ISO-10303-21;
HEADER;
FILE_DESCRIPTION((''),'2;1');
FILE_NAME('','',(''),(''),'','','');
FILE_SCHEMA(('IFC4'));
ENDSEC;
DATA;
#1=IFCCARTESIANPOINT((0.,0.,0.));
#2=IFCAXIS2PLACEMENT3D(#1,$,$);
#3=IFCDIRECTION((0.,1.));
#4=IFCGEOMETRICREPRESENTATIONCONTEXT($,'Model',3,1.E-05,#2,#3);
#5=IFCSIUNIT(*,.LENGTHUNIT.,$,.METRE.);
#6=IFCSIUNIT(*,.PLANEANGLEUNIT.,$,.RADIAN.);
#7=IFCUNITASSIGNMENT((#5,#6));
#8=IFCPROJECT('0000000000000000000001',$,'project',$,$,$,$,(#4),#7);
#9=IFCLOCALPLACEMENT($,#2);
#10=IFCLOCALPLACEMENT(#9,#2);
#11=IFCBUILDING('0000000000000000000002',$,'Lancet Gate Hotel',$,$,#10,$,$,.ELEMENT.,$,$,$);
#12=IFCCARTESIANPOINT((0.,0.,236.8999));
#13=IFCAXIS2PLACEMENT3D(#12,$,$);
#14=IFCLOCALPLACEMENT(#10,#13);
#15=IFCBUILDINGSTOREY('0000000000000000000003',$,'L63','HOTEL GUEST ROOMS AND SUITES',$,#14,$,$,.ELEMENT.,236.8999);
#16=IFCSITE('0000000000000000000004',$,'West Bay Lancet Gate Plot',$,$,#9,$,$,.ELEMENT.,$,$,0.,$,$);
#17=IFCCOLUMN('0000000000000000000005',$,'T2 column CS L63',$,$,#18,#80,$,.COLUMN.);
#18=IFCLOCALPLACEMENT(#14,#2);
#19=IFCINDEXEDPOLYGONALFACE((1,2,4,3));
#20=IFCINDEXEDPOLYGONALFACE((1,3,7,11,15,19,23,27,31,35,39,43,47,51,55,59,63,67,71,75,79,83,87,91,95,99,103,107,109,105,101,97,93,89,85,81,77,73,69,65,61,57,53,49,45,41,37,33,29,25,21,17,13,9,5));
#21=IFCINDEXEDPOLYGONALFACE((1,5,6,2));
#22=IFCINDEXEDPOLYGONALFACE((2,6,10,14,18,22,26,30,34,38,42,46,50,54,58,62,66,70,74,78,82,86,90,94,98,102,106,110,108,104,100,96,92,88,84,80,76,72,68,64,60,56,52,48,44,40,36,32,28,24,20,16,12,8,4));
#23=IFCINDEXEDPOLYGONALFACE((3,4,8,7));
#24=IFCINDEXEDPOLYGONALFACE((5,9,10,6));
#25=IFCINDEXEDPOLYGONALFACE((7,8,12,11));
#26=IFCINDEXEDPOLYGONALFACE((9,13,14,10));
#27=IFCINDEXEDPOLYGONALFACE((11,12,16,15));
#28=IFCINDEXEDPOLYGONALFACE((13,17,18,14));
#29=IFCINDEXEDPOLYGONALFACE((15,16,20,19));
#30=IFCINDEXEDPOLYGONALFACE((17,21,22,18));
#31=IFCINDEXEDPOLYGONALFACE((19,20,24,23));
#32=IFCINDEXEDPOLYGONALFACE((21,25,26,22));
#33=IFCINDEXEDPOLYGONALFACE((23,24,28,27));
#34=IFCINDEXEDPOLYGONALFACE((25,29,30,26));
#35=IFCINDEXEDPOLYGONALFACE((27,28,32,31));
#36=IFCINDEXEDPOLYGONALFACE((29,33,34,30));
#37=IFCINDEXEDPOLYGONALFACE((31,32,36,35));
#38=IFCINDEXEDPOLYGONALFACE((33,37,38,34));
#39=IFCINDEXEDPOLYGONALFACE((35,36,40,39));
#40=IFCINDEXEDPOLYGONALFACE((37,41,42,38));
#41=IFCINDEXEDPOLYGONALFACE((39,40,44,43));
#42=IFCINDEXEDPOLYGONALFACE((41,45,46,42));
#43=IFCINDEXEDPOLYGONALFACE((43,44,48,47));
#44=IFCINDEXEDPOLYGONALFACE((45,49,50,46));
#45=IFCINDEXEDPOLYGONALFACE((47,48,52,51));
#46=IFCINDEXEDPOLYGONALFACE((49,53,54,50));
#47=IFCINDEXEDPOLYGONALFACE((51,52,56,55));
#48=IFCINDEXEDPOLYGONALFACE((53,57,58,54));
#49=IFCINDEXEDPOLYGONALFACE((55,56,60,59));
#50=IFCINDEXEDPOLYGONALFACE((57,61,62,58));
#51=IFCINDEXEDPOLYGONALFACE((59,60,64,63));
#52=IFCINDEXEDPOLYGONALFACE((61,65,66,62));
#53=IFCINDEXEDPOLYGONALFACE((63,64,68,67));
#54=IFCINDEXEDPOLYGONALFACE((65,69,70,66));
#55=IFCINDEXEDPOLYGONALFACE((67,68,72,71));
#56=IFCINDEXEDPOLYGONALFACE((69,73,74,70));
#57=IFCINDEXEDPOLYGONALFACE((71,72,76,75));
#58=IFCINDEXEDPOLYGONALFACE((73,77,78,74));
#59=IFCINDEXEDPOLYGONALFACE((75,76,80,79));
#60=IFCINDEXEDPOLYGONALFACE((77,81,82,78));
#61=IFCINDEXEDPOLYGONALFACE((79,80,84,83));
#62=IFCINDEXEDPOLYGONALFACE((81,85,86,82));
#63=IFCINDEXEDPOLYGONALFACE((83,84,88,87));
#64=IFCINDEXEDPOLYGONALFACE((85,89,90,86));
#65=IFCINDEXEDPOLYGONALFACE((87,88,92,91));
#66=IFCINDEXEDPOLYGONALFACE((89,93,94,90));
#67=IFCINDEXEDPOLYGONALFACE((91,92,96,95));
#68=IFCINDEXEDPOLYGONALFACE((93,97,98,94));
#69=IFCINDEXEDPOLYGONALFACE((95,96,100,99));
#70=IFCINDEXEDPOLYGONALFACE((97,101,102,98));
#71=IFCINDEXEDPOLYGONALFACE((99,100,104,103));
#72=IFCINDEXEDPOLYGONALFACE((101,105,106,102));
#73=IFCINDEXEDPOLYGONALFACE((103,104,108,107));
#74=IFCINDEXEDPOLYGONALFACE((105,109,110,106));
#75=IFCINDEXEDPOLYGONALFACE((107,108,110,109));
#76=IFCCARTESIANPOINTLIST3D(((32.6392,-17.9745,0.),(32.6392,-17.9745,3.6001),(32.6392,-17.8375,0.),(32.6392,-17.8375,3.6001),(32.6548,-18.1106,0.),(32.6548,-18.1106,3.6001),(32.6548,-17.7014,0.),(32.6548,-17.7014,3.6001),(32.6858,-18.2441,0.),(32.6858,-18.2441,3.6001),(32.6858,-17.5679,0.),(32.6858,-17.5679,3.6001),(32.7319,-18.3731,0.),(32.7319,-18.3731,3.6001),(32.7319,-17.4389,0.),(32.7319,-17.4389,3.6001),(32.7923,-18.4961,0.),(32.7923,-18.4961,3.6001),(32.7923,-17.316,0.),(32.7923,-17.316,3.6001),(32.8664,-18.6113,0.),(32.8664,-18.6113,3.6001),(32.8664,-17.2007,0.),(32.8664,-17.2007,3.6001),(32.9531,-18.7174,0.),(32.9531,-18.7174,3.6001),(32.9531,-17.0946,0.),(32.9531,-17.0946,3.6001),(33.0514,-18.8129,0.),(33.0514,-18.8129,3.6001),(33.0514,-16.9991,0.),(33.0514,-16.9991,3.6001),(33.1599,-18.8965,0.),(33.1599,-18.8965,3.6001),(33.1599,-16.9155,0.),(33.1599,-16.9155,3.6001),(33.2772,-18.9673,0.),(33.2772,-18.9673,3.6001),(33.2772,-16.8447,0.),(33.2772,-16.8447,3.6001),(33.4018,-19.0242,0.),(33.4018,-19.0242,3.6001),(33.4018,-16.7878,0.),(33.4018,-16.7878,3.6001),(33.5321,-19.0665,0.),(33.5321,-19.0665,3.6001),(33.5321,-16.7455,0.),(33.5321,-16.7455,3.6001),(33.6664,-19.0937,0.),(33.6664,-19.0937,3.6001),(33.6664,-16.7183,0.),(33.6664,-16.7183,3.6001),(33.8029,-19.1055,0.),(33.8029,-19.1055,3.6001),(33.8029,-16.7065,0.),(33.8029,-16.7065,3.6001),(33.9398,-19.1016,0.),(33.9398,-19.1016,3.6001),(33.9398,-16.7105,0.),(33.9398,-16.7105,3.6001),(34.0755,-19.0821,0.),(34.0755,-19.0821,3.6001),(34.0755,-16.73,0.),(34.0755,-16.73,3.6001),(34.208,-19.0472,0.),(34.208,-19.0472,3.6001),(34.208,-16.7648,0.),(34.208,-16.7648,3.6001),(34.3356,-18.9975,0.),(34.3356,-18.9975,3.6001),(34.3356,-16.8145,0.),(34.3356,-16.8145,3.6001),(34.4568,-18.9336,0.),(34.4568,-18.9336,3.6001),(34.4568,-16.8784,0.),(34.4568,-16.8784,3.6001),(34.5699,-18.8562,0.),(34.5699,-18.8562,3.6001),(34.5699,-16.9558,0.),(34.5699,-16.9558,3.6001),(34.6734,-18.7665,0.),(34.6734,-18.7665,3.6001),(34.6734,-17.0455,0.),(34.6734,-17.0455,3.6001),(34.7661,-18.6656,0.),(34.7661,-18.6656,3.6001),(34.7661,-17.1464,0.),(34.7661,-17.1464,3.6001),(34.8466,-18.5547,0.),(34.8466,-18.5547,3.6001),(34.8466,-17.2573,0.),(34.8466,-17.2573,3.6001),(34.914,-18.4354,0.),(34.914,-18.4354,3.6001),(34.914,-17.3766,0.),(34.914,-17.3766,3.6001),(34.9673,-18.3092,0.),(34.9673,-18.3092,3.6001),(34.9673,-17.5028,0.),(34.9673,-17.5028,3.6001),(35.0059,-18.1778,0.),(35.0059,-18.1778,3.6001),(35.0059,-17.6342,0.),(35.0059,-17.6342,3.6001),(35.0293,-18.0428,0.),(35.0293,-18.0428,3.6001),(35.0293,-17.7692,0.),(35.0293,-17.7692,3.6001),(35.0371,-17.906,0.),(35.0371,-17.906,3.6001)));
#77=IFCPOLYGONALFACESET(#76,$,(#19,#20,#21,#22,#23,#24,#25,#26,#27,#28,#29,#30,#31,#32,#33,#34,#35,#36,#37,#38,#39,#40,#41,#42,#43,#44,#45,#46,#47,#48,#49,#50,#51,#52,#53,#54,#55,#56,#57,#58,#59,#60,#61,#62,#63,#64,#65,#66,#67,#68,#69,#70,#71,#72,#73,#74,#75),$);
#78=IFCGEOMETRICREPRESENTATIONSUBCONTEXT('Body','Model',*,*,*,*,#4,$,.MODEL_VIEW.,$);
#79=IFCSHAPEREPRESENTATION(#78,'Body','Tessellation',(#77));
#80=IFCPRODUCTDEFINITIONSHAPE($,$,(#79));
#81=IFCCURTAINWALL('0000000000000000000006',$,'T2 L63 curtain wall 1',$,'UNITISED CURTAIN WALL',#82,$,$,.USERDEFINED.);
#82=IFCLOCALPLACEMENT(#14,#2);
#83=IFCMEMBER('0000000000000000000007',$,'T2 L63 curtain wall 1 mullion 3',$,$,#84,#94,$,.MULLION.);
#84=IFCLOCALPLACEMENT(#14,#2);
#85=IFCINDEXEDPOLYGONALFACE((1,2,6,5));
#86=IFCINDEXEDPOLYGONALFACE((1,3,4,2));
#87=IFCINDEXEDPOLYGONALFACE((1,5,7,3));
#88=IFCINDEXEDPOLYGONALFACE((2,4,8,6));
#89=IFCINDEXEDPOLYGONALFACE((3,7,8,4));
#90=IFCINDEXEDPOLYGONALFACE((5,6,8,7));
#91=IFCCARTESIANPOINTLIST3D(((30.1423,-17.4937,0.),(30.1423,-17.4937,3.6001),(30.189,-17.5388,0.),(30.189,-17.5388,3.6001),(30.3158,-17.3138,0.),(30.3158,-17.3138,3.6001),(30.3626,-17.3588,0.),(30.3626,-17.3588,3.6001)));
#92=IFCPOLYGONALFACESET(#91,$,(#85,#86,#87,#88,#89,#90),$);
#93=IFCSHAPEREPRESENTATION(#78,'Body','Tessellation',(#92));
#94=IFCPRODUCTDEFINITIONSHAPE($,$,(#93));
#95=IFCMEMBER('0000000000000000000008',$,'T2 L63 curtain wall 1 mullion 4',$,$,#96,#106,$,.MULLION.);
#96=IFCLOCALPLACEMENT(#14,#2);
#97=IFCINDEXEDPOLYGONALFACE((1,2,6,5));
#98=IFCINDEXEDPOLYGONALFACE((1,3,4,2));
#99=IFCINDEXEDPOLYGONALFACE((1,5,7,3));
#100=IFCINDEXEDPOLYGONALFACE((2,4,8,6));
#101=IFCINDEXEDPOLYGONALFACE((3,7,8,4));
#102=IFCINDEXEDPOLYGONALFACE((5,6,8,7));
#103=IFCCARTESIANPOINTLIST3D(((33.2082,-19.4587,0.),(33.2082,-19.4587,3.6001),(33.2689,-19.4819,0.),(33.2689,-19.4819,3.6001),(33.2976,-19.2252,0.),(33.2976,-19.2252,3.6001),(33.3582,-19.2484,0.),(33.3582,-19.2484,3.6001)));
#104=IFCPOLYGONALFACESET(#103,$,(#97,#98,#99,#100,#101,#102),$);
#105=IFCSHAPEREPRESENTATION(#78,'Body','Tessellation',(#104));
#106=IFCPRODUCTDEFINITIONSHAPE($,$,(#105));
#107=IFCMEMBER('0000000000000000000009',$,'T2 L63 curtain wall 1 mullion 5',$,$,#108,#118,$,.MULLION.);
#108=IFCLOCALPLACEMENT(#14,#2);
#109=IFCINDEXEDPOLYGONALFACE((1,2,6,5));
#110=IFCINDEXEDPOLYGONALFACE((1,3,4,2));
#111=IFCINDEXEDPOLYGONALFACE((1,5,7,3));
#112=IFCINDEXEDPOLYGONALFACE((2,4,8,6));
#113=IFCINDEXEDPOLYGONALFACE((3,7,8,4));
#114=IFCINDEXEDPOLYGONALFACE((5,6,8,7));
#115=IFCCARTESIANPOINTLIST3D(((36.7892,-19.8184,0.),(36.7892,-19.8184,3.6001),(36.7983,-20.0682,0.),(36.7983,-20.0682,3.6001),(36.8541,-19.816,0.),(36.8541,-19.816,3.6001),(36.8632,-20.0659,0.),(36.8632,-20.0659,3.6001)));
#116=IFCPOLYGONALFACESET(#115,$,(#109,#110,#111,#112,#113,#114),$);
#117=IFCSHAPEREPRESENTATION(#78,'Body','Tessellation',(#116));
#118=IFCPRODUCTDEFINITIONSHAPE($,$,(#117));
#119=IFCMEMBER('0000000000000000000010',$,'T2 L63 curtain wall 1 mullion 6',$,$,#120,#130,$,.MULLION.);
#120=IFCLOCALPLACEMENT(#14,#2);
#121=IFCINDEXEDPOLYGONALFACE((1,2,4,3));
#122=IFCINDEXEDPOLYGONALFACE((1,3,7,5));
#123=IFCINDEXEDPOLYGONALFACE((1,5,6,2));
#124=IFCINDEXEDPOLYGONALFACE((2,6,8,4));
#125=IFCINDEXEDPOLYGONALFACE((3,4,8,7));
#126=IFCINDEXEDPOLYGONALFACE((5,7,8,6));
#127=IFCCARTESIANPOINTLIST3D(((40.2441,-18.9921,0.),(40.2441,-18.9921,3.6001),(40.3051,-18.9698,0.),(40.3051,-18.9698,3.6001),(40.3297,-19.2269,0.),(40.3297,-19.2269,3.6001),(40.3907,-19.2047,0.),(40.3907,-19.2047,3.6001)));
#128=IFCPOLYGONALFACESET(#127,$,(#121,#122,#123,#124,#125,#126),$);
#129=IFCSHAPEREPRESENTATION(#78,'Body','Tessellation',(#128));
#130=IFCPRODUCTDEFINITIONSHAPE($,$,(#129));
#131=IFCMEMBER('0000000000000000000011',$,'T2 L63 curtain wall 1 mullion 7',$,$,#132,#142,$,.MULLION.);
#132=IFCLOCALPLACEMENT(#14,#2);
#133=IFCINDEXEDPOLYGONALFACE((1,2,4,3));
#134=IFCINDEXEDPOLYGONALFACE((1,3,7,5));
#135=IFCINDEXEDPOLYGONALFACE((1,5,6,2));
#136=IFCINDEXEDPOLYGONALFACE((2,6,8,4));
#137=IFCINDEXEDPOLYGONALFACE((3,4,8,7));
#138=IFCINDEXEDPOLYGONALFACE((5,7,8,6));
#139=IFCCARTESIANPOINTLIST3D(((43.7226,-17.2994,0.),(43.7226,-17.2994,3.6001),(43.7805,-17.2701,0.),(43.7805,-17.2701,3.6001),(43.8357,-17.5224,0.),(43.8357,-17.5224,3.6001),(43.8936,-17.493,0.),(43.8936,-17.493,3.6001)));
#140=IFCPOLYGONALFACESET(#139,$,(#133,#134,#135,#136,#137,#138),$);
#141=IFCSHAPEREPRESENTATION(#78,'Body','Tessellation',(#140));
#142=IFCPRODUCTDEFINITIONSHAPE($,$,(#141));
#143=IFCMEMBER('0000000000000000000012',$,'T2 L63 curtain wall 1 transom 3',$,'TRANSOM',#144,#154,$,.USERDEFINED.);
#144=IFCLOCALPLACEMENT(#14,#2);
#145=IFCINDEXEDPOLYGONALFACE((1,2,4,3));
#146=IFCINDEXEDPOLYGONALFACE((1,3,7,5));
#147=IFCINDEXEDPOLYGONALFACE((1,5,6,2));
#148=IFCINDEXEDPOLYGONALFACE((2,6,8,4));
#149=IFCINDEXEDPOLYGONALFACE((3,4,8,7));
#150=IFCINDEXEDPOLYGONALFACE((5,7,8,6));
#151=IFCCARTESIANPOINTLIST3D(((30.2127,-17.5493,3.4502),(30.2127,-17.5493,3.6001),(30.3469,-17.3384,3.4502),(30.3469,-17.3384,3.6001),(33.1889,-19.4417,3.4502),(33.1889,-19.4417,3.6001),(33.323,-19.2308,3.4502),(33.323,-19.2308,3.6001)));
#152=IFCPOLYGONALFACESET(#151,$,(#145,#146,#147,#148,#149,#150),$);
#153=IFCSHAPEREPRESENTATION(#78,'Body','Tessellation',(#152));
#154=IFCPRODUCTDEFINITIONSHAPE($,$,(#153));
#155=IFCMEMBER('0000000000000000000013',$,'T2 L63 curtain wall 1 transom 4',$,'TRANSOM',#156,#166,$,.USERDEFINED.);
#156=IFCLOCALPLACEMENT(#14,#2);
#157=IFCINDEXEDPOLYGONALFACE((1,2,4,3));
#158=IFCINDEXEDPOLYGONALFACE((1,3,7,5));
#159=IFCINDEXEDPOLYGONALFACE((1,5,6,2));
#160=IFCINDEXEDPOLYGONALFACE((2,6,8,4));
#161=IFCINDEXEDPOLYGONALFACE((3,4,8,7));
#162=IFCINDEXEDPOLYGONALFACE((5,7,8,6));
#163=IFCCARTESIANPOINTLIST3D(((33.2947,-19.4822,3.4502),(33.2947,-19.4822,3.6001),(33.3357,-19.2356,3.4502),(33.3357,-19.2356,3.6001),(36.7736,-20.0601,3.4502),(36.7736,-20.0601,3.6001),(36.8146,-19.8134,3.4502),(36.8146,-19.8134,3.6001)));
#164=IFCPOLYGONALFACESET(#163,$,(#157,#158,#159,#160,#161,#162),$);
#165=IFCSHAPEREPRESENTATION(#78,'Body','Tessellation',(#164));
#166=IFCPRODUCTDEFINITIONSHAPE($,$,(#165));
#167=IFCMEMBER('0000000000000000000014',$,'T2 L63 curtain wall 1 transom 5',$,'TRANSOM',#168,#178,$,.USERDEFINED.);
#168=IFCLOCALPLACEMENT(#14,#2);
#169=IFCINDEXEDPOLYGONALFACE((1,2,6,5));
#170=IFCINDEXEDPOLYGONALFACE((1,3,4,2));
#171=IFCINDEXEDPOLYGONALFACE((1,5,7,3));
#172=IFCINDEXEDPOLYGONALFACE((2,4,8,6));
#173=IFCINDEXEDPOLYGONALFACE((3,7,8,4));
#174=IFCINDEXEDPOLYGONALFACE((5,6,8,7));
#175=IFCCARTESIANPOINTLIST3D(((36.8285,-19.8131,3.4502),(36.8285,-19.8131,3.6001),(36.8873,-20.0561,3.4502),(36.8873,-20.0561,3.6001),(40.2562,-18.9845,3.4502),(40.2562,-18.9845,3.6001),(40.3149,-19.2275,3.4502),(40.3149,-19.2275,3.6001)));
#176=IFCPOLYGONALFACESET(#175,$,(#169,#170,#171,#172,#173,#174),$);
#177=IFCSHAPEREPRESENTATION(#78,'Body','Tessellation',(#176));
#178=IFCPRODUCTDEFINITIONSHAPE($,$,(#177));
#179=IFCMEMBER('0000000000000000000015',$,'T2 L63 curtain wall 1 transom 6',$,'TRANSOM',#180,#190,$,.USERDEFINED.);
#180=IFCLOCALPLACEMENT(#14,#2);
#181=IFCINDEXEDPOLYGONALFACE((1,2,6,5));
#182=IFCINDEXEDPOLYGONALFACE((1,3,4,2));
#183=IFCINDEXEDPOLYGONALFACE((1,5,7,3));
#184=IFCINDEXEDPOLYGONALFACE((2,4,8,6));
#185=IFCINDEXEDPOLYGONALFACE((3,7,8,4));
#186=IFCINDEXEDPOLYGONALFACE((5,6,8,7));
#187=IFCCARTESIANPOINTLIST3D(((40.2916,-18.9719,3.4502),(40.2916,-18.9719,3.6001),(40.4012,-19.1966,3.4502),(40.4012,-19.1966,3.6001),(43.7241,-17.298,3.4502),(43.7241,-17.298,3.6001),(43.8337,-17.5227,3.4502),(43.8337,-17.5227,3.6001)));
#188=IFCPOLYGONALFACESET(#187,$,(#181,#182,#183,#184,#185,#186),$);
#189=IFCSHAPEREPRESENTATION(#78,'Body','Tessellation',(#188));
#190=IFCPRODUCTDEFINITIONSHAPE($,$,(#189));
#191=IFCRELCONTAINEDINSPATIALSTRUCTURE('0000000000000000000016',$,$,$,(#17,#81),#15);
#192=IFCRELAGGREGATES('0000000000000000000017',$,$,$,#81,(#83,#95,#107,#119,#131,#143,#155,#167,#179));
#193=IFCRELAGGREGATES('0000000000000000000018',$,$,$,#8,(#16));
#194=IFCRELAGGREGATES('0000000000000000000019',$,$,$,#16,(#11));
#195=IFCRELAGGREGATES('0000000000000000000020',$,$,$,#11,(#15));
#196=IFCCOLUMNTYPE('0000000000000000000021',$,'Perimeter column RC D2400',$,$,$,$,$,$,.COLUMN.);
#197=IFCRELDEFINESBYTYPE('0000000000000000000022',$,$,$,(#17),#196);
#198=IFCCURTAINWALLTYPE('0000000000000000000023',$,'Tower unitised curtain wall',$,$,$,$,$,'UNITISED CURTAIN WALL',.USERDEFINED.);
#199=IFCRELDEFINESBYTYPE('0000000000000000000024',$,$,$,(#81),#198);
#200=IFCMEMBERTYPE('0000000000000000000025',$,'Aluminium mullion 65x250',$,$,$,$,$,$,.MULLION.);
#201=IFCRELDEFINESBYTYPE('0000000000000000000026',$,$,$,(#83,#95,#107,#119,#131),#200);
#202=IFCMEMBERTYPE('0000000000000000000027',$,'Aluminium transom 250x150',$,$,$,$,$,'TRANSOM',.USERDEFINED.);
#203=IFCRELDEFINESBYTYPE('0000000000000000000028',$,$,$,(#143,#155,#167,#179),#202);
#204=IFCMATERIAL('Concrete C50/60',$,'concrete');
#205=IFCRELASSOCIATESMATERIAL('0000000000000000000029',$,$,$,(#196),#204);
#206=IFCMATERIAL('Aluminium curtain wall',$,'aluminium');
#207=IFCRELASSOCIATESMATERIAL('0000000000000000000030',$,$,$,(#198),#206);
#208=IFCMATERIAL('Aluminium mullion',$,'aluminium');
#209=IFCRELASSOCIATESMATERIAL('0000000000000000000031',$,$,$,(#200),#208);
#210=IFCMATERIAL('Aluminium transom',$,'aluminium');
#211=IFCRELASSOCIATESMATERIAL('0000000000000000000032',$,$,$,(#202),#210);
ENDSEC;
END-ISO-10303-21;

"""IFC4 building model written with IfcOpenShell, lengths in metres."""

from ifc_helpers import new_model, si_unit, direction, frame, origin, origin_2d, place, context, subcontext, project, spatial, rectangle, circle, extrude, material, material_profile, profile_set, type_object, element, aggregate, save


model = new_model("IFC4")

# Units and contexts
model_context = context("Model", 3, precision=1e-05, world=origin(), true_north=direction((0.0, 1.0)))
body_context = subcontext(model_context, "Body", "Model", "MODEL_VIEW")
ifc_project = project(units=[si_unit("LENGTHUNIT", "METRE"), si_unit("PLANEANGLEUNIT", "RADIAN")], contexts=[model_context])

# Site, building, storey
site_placement = place(None, origin())
site = spatial("IfcSite", under=ifc_project, at=site_placement, Name="West Bay Lancet Gate Plot", CompositionType="ELEMENT", RefElevation=0.0)
building_placement = place(site_placement, origin())
building = spatial("IfcBuilding", under=site, at=building_placement, Name="Lancet Gate Hotel", CompositionType="ELEMENT")
storey_placement = place(building_placement, frame((0.0, 0.0, 236.8999)))
storey = spatial("IfcBuildingStorey", under=building, at=storey_placement, Name="L63", Description="HOTEL GUEST ROOMS AND SUITES", CompositionType="ELEMENT", Elevation=236.8999)

# Column
ifc_material_1 = material(Name="Concrete C50/60", Category="concrete")
ifc_material_profile_1 = material_profile(ifc_material_1, circle(Radius=1.2, at=origin_2d()), Name="RC D2400")
ifc_profile_set_1 = profile_set([ifc_material_profile_1], Name="Concrete C50/60")
column_type = type_object("IfcColumnType", Name="Perimeter column RC D2400", PredefinedType="COLUMN", material=ifc_profile_set_1)
column_placement = place(storey_placement, frame((33.8372, -17.906, 0.0), z_axis=(0.0, 0.0, 1.0), x_axis=(1.0, 0.0, 0.0)))
element("IfcColumn", 1, at=column_placement, inside=storey, type_object=column_type, Name="T2 column CS L63", PredefinedType="COLUMN", context=body_context, shape_type="SweptSolid", body=[
    extrude(circle(Radius=1.2, at=origin_2d()), origin(), (0.0, 0.0, 1.0), 3.6001),
])

# Curtain wall, members
ifc_material_2 = material(Name="Aluminium curtain wall", Category="aluminium")
curtain_wall_type = type_object("IfcCurtainWallType", Name="Tower unitised curtain wall", ElementType="UNITISED CURTAIN WALL", PredefinedType="USERDEFINED", material=ifc_material_2)
curtain_wall_placement = place(storey_placement, origin())
curtain_wall = element("IfcCurtainWall", 2, at=curtain_wall_placement, inside=storey, type_object=curtain_wall_type, Name="T2 L63 curtain wall 1", ObjectType="UNITISED CURTAIN WALL", PredefinedType="USERDEFINED")
ifc_material_3 = material(Name="Aluminium mullion", Category="aluminium")
ifc_material_profile_2 = material_profile(ifc_material_3, rectangle(XDim=0.0649, YDim=0.25, at=origin_2d()), Name="MULLION 65x250")
ifc_profile_set_2 = profile_set([ifc_material_profile_2], Name="Aluminium mullion")
member_type_1 = type_object("IfcMemberType", Name="Aluminium mullion 65x250", PredefinedType="MULLION", material=ifc_profile_set_2)
member_1_placement = place(storey_placement, frame((30.2524, -17.4263, 0.0), z_axis=(0.0, 0.0, 1.0), x_axis=(0.719809, -0.694172, 0.0)))
member_1 = element("IfcMember", 3, at=member_1_placement, type_object=member_type_1, Name="T2 L63 curtain wall 1 mullion 3", PredefinedType="MULLION", context=body_context, shape_type="SweptSolid", body=[
    extrude(rectangle(XDim=0.0649, YDim=0.25, at=origin_2d()), origin(), (0.0, 0.0, 1.0), 3.6001),
])
member_2_placement = place(storey_placement, frame((33.2832, -19.3535, 0.0), z_axis=(0.0, 0.0, 1.0), x_axis=(0.933943, -0.357421, 0.0)))
member_2 = element("IfcMember", 4, at=member_2_placement, type_object=member_type_1, Name="T2 L63 curtain wall 1 mullion 4", PredefinedType="MULLION", context=body_context, shape_type="SweptSolid", body=[
    extrude(rectangle(XDim=0.0649, YDim=0.25, at=origin_2d()), origin(), (0.0, 0.0, 1.0), 3.6001),
])
member_3_placement = place(storey_placement, frame((36.8262, -19.9421, 0.0), z_axis=(0.0, 0.0, 1.0), x_axis=(0.999343, 0.03625, 0.0)))
member_3 = element("IfcMember", 5, at=member_3_placement, type_object=member_type_1, Name="T2 L63 curtain wall 1 mullion 5", PredefinedType="MULLION", context=body_context, shape_type="SweptSolid", body=[
    extrude(rectangle(XDim=0.0649, YDim=0.25, at=origin_2d()), origin(), (0.0, 0.0, 1.0), 3.6001),
])
member_4_placement = place(storey_placement, frame((40.3174, -19.0984, 0.0), z_axis=(0.0, 0.0, 1.0), x_axis=(0.939484, 0.342593, 0.0)))
member_4 = element("IfcMember", 6, at=member_4_placement, type_object=member_type_1, Name="T2 L63 curtain wall 1 mullion 6", PredefinedType="MULLION", context=body_context, shape_type="SweptSolid", body=[
    extrude(rectangle(XDim=0.0649, YDim=0.25, at=origin_2d()), origin(), (0.0, 0.0, 1.0), 3.6001),
])
member_5_placement = place(storey_placement, frame((43.8081, -17.3962, 0.0), z_axis=(0.0, 0.0, 1.0), x_axis=(0.891833, 0.452365, 0.0)))
member_5 = element("IfcMember", 7, at=member_5_placement, type_object=member_type_1, Name="T2 L63 curtain wall 1 mullion 7", PredefinedType="MULLION", context=body_context, shape_type="SweptSolid", body=[
    extrude(rectangle(XDim=0.0649, YDim=0.25, at=origin_2d()), origin(), (0.0, 0.0, 1.0), 3.6001),
])
ifc_material_4 = material(Name="Aluminium transom", Category="aluminium")
ifc_material_profile_3 = material_profile(ifc_material_4, rectangle(XDim=0.25, YDim=0.1499, at=origin_2d()), Name="TRANSOM 250x150")
ifc_profile_set_3 = profile_set([ifc_material_profile_3], Name="Aluminium transom")
member_type_2 = type_object("IfcMemberType", Name="Aluminium transom 250x150", ElementType="TRANSOM", PredefinedType="USERDEFINED", material=ifc_profile_set_3)
member_6_placement = place(storey_placement, frame((30.2798, -17.4438, 3.5251), z_axis=(0.843858, -0.536566, 0.0), x_axis=(0.536566, 0.843858, 0.0)))
member_6 = element("IfcMember", 8, at=member_6_placement, type_object=member_type_2, Name="T2 L63 curtain wall 1 transom 3", ObjectType="TRANSOM", PredefinedType="USERDEFINED", context=body_context, shape_type="SweptSolid", body=[
    extrude(rectangle(XDim=0.25, YDim=0.1499, at=origin_2d()), origin(), (0.0, 0.0, 1.0), 3.5269),
])
member_7_placement = place(storey_placement, frame((33.3152, -19.3589, 3.5251), z_axis=(0.986484, -0.16386, 0.0), x_axis=(0.16386, 0.986484, 0.0)))
member_7 = element("IfcMember", 9, at=member_7_placement, type_object=member_type_2, Name="T2 L63 curtain wall 1 transom 4", ObjectType="TRANSOM", PredefinedType="USERDEFINED", context=body_context, shape_type="SweptSolid", body=[
    extrude(rectangle(XDim=0.25, YDim=0.1499, at=origin_2d()), origin(), (0.0, 0.0, 1.0), 3.5266),
])
member_8_placement = place(storey_placement, frame((36.8579, -19.9346, 3.5251), z_axis=(0.972003, 0.23497, 0.0), x_axis=(-0.23497, 0.972003, 0.0)))
member_8 = element("IfcMember", 10, at=member_8_placement, type_object=member_type_2, Name="T2 L63 curtain wall 1 transom 5", ObjectType="TRANSOM", PredefinedType="USERDEFINED", context=body_context, shape_type="SweptSolid", body=[
    extrude(rectangle(XDim=0.25, YDim=0.1499, at=origin_2d()), origin(), (0.0, 0.0, 1.0), 3.5264),
])
member_9_placement = place(storey_placement, frame((40.3464, -19.0842, 3.5251), z_axis=(0.89882, 0.438318, 0.0), x_axis=(-0.438318, 0.89882, 0.0)))
member_9 = element("IfcMember", 11, at=member_9_placement, type_object=member_type_2, Name="T2 L63 curtain wall 1 transom 6", ObjectType="TRANSOM", PredefinedType="USERDEFINED", context=body_context, shape_type="SweptSolid", body=[
    extrude(rectangle(XDim=0.25, YDim=0.1499, at=origin_2d()), origin(), (0.0, 0.0, 1.0), 3.8188),
])

aggregate(curtain_wall, [member_1, member_2, member_3, member_4, member_5, member_6, member_7, member_8, member_9])

save(model, "model.ifc")
